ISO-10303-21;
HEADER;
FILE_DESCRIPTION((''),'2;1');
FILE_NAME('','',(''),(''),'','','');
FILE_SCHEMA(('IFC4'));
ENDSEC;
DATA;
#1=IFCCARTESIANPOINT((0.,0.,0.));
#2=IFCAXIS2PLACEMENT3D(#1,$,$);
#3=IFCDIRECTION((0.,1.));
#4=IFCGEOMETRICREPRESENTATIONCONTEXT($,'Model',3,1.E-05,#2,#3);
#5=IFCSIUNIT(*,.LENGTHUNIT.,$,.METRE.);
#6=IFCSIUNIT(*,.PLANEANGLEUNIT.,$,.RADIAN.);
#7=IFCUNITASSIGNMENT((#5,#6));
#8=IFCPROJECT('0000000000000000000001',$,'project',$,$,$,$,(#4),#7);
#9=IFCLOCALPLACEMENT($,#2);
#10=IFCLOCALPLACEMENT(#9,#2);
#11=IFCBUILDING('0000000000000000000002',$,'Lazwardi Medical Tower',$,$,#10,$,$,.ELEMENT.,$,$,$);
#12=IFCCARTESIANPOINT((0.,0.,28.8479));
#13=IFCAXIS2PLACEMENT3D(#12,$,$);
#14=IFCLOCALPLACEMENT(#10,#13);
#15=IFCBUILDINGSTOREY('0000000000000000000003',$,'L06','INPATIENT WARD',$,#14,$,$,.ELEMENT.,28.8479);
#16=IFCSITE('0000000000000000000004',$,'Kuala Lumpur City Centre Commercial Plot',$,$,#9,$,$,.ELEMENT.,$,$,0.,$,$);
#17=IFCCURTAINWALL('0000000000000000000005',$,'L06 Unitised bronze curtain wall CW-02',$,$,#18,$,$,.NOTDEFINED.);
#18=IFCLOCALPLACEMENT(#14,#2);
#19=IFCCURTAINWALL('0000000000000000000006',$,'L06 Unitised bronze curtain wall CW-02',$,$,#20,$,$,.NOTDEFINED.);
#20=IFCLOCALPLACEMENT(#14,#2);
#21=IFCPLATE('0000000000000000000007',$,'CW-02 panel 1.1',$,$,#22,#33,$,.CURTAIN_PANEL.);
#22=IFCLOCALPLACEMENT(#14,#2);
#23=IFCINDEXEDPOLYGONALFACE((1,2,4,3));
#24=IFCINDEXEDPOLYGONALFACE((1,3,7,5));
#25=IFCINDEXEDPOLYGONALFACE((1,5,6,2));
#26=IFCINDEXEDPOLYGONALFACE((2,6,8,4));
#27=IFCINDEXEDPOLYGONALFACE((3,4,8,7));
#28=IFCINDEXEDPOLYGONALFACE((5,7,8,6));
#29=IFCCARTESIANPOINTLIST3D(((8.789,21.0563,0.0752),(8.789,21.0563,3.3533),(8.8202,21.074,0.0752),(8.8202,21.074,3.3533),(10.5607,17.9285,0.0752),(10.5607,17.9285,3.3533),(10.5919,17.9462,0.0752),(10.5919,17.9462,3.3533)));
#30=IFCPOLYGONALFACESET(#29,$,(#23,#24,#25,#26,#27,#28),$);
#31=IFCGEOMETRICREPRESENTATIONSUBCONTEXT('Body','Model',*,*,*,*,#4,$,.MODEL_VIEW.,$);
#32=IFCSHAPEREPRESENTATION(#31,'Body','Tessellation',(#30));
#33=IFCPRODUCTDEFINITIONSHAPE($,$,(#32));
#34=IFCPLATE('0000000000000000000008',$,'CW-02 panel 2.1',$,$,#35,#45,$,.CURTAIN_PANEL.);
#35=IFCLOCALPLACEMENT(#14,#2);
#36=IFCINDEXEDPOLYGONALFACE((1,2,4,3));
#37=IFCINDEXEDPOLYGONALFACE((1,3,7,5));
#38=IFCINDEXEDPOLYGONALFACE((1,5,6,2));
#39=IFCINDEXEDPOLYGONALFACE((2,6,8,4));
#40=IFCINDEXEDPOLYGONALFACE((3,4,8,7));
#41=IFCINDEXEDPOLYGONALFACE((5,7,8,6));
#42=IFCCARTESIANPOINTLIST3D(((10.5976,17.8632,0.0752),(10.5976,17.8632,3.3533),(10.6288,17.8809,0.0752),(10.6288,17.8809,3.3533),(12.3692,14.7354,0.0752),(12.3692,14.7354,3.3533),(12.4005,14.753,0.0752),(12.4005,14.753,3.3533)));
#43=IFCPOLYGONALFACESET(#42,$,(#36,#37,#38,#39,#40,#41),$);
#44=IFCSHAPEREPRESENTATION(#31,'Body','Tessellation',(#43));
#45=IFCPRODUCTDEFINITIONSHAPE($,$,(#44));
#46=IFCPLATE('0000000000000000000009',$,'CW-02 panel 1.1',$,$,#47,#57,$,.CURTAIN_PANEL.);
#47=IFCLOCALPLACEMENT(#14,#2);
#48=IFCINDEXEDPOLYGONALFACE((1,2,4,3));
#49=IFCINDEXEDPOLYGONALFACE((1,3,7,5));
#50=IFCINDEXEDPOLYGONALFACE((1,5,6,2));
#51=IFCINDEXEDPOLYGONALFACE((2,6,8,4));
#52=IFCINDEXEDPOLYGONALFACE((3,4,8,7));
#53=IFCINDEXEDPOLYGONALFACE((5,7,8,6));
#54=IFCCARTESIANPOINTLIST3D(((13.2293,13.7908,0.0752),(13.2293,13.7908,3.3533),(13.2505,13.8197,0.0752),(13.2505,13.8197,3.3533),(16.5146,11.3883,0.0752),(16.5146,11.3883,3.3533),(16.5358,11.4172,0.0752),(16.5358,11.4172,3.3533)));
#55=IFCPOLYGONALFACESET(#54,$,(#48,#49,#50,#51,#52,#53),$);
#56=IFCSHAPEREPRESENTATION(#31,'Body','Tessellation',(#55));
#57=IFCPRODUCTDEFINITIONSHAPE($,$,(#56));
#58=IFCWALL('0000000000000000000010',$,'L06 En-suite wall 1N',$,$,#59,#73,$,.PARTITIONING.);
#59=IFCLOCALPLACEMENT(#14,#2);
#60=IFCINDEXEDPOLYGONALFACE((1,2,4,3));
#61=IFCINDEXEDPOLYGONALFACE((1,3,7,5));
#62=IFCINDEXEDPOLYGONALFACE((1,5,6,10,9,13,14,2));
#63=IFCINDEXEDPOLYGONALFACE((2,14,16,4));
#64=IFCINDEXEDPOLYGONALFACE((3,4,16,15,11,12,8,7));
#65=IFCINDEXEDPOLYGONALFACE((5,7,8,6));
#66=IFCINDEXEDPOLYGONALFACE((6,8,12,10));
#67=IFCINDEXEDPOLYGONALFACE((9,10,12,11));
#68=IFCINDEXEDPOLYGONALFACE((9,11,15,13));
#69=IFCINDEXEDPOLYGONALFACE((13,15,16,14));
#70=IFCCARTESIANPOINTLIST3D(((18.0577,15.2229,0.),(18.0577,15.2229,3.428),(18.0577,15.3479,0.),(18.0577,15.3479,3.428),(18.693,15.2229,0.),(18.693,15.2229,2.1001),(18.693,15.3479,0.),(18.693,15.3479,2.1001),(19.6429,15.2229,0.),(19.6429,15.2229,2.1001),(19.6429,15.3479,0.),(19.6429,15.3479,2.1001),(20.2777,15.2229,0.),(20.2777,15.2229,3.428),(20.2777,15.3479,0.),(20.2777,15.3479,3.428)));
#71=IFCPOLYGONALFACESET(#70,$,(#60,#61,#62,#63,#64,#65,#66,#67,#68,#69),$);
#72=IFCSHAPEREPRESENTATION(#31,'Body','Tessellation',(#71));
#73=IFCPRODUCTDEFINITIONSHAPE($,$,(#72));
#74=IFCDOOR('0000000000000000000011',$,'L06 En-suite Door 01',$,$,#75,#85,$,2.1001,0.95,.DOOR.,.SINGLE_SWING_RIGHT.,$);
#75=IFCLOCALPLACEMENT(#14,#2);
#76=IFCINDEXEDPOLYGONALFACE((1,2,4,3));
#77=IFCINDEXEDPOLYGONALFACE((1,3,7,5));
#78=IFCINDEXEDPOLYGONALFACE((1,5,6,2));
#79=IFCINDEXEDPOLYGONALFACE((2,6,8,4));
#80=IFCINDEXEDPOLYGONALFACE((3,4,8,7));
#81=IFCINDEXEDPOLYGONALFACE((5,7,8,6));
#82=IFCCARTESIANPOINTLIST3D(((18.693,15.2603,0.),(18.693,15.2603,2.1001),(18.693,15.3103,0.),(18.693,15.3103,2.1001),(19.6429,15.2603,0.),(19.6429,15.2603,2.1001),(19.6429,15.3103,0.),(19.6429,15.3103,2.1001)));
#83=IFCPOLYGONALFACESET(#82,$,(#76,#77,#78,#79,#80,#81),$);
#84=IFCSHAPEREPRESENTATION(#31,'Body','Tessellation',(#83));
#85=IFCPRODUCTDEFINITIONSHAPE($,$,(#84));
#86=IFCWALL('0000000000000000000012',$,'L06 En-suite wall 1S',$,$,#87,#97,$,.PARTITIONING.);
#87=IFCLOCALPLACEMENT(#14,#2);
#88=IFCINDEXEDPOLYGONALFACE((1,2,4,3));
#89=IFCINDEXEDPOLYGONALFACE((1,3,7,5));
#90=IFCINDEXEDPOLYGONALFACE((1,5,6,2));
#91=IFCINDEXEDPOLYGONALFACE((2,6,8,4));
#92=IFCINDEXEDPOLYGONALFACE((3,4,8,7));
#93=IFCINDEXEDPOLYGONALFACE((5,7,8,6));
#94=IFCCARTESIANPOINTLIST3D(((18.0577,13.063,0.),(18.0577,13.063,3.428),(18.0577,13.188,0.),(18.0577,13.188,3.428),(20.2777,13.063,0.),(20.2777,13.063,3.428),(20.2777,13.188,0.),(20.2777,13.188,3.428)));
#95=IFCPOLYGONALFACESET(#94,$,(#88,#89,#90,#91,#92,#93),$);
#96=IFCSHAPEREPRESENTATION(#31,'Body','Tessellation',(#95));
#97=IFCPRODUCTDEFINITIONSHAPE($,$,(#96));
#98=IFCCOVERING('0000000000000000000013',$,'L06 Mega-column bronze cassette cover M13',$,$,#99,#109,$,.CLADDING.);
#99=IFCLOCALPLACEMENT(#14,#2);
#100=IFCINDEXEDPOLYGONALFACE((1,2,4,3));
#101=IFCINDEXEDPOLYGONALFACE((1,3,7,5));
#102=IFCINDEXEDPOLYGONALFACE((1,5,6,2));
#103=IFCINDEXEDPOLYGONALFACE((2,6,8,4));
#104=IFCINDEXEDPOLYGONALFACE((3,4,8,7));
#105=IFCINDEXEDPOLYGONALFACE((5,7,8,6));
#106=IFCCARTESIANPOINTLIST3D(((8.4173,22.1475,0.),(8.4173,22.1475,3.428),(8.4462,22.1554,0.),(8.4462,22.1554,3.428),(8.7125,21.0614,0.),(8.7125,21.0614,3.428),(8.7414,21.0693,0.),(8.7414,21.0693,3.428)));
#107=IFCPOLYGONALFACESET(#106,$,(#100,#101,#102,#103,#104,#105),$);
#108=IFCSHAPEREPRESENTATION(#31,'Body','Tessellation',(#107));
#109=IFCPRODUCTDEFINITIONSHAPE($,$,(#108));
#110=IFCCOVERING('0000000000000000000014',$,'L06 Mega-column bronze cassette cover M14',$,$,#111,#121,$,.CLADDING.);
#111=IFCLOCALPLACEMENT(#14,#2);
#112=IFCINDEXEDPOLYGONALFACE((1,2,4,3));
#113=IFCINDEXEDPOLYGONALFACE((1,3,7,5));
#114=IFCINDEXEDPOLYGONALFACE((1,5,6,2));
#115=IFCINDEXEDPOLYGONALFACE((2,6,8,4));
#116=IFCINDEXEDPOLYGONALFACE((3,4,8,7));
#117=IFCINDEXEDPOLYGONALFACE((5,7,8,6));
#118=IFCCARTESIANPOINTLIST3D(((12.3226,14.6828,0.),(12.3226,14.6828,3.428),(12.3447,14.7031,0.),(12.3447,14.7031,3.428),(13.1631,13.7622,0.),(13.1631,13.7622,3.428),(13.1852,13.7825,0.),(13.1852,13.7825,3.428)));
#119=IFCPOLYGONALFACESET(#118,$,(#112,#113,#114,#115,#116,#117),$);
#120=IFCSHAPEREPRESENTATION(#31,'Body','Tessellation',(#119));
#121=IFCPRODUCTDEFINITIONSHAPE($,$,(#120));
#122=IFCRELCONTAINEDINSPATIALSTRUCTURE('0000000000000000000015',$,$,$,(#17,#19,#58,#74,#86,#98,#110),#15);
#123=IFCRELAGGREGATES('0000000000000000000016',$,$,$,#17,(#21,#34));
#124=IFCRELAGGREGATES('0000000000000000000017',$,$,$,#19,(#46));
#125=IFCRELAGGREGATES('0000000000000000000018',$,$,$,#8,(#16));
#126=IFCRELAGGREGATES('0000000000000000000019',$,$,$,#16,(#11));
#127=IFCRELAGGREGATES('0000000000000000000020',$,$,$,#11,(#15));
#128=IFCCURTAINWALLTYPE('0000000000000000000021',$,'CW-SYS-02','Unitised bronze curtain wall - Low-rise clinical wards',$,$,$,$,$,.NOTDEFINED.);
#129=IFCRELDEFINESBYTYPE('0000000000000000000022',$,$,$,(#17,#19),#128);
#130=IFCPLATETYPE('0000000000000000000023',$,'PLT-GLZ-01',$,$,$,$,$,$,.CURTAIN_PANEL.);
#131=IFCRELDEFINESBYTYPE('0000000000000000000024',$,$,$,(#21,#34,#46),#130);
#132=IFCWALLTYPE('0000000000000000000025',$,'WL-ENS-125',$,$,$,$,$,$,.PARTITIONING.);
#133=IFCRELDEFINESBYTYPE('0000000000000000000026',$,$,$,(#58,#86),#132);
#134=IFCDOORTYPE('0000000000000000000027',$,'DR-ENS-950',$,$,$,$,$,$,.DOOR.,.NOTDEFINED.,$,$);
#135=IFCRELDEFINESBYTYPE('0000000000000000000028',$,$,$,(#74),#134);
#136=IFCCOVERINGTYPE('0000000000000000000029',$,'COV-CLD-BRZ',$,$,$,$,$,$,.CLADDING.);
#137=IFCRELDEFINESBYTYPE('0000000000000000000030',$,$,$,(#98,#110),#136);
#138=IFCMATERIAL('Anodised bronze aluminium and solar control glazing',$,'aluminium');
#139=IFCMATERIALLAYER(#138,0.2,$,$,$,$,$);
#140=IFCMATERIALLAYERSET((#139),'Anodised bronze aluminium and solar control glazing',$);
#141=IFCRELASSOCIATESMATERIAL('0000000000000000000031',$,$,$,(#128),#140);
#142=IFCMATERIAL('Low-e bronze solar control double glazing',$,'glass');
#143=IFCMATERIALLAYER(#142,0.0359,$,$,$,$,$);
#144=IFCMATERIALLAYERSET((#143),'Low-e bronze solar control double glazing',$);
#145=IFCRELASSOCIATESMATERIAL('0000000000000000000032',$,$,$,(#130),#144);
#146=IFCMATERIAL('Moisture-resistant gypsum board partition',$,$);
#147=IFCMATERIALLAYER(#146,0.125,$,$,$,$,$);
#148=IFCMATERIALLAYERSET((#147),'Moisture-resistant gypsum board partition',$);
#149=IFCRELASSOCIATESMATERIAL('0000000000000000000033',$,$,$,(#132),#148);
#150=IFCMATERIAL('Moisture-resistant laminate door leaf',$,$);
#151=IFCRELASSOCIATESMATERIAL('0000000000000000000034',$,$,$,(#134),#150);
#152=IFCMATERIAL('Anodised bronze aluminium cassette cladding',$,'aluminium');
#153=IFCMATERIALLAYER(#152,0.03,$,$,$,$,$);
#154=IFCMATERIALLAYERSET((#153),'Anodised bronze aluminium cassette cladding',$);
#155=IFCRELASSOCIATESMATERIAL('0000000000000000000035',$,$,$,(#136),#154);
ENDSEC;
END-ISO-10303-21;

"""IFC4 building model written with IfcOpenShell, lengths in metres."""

from ifc_helpers import new_model, si_unit, direction, frame, frame_2d, origin, origin_2d, place, context, subcontext, project, spatial, rectangle, extrude, material, layer, layer_set, type_object, element, fill, aggregate, save


model = new_model("IFC4")

# Units and contexts
model_context = context("Model", 3, precision=1e-05, world=origin(), true_north=direction((0.0, 1.0)))
body_context = subcontext(model_context, "Body", "Model", "MODEL_VIEW")
ifc_project = project(units=[si_unit("LENGTHUNIT", "METRE"), si_unit("PLANEANGLEUNIT", "RADIAN")], contexts=[model_context])

# Site, building, storey
site_placement = place(None, origin())
site = spatial("IfcSite", under=ifc_project, at=site_placement, Name="Kuala Lumpur City Centre Commercial Plot", CompositionType="ELEMENT", RefElevation=0.0)
building_placement = place(site_placement, origin())
building = spatial("IfcBuilding", under=site, at=building_placement, Name="Lazwardi Medical Tower", CompositionType="ELEMENT")
storey_placement = place(building_placement, frame((0.0, 0.0, 28.8479)))
storey = spatial("IfcBuildingStorey", under=building, at=storey_placement, Name="L06", Description="INPATIENT WARD", CompositionType="ELEMENT", Elevation=28.8479)

# Curtain walls
ifc_material_1 = material(Name="Anodised bronze aluminium and solar control glazing", Category="aluminium")
ifc_layer_1 = layer(ifc_material_1, 0.2)
ifc_layer_set_1 = layer_set([ifc_layer_1], Name="Anodised bronze aluminium and solar control glazing")
curtain_wall_type = type_object("IfcCurtainWallType", Name="CW-SYS-02", Description="Unitised bronze curtain wall - Low-rise clinical wards", PredefinedType="NOTDEFINED", material=ifc_layer_set_1)
curtain_wall_1_placement = place(storey_placement, origin())
curtain_wall_1 = element("IfcCurtainWall", 1, at=curtain_wall_1_placement, inside=storey, type_object=curtain_wall_type, Name="L06 Unitised bronze curtain wall CW-02", PredefinedType="NOTDEFINED")
curtain_wall_2_placement = place(storey_placement, origin())
curtain_wall_2 = element("IfcCurtainWall", 2, at=curtain_wall_2_placement, inside=storey, type_object=curtain_wall_type, Name="L06 Unitised bronze curtain wall CW-02", PredefinedType="NOTDEFINED")

# Plates
ifc_material_2 = material(Name="Low-e bronze solar control double glazing", Category="glass")
ifc_layer_2 = layer(ifc_material_2, 0.0359)
ifc_layer_set_2 = layer_set([ifc_layer_2], Name="Low-e bronze solar control double glazing")
plate_type = type_object("IfcPlateType", Name="PLT-GLZ-01", PredefinedType="CURTAIN_PANEL", material=ifc_layer_set_2)
plate_1_placement = place(storey_placement, frame((9.6904, 19.5012, 0.0752), z_axis=(0.0, 0.0, 1.0), x_axis=(0.492854, -0.870112, 0.0)))
plate_1 = element("IfcPlate", 3, at=plate_1_placement, type_object=plate_type, Name="CW-02 panel 1.1", PredefinedType="CURTAIN_PANEL", context=body_context, shape_type="SweptSolid", body=[
    extrude(rectangle(XDim=3.5947, YDim=0.0359, at=origin_2d()), origin(), (0.0, 0.0, 1.0), 3.2781),
])
plate_2_placement = place(storey_placement, frame((11.499, 16.3081, 0.0752), z_axis=(0.0, 0.0, 1.0), x_axis=(0.492854, -0.870112, 0.0)))
plate_2 = element("IfcPlate", 4, at=plate_2_placement, type_object=plate_type, Name="CW-02 panel 2.1", PredefinedType="CURTAIN_PANEL", context=body_context, shape_type="SweptSolid", body=[
    extrude(rectangle(XDim=3.5947, YDim=0.0359, at=origin_2d()), origin(), (0.0, 0.0, 1.0), 3.2781),
])
aggregate(curtain_wall_1, [plate_1, plate_2])
plate_3_placement = place(storey_placement, frame((14.8826, 12.604, 0.0752), z_axis=(0.0, 0.0, 1.0), x_axis=(0.807192, -0.590289, 0.0)))
plate_3 = element("IfcPlate", 5, at=plate_3_placement, type_object=plate_type, Name="CW-02 panel 1.1", PredefinedType="CURTAIN_PANEL", context=body_context, shape_type="SweptSolid", body=[
    extrude(rectangle(XDim=4.0701, YDim=0.0359, at=origin_2d()), origin(), (0.0, 0.0, 1.0), 3.2781),
])
aggregate(curtain_wall_2, [plate_3])

# Wall, opening, door
ifc_material_3 = material(Name="Moisture-resistant gypsum board partition")
ifc_layer_3 = layer(ifc_material_3, 0.125)
ifc_layer_set_3 = layer_set([ifc_layer_3], Name="Moisture-resistant gypsum board partition")
wall_type = type_object("IfcWallType", Name="WL-ENS-125", PredefinedType="PARTITIONING", material=ifc_layer_set_3)
wall_1_placement = place(storey_placement, frame((18.0579, 15.2854, 0.0), z_axis=(0.0, 0.0, 1.0), x_axis=(1.0, 0.0, 0.0)))
wall_1 = element("IfcWall", 6, at=wall_1_placement, inside=storey, type_object=wall_type, Name="L06 En-suite wall 1N", PredefinedType="PARTITIONING", context=body_context, shape_type="SweptSolid", body=[
    extrude(rectangle(XDim=2.22, YDim=0.125, at=frame_2d((1.1099, 0.0))), origin(), (0.0, 0.0, 1.0), 3.428),
])
opening_placement = place(wall_1_placement, frame((0.635, 0.0, 0.0)))
opening = element("IfcOpeningElement", 7, at=opening_placement, cuts=wall_1, PredefinedType="OPENING", context=body_context, shape_type="SweptSolid", body=[
    extrude(rectangle(XDim=0.95, YDim=2.1001, at=frame_2d((0.4751, 1.05))), frame((0.0, 0.0725, 0.0), z_axis=(0.0, -1.0, 0.0), x_axis=(1.0, 0.0, 0.0)), (0.0, 0.0, 1.0), 0.145),
])
ifc_material_4 = material(Name="Moisture-resistant laminate door leaf")
door_type = type_object("IfcDoorType", Name="DR-ENS-950", OperationType="NOTDEFINED", PredefinedType="DOOR", material=ifc_material_4)
door_placement = place(opening_placement, origin())
door = element("IfcDoor", 8, at=door_placement, inside=storey, type_object=door_type, Name="L06 En-suite Door 01", OperationType="SINGLE_SWING_RIGHT", OverallHeight=2.1001, OverallWidth=0.95, PredefinedType="DOOR", context=body_context, shape_type="SweptSolid", body=[
    extrude(rectangle(XDim=0.95, YDim=2.1001, at=frame_2d((0.4751, 1.05))), frame((0.0, 0.0249, 0.0), z_axis=(0.0, -1.0, 0.0), x_axis=(1.0, 0.0, 0.0)), (0.0, 0.0, 1.0), 0.05),
])
fill(opening, door)

# Wall
wall_2_placement = place(storey_placement, frame((18.0579, 13.1255, 0.0), z_axis=(0.0, 0.0, 1.0), x_axis=(1.0, 0.0, 0.0)))
element("IfcWall", 9, at=wall_2_placement, inside=storey, type_object=wall_type, Name="L06 En-suite wall 1S", PredefinedType="PARTITIONING", context=body_context, shape_type="SweptSolid", body=[
    extrude(rectangle(XDim=2.22, YDim=0.125, at=frame_2d((1.1099, 0.0))), origin(), (0.0, 0.0, 1.0), 3.428),
])

# Coverings
ifc_material_5 = material(Name="Anodised bronze aluminium cassette cladding", Category="aluminium")
ifc_layer_4 = layer(ifc_material_5, 0.03)
ifc_layer_set_4 = layer_set([ifc_layer_4], Name="Anodised bronze aluminium cassette cladding")
covering_type = type_object("IfcCoveringType", Name="COV-CLD-BRZ", PredefinedType="CLADDING", material=ifc_layer_set_4)
covering_1_placement = place(storey_placement, frame((8.5793, 21.6084, 0.0), z_axis=(0.0, 0.0, 1.0), x_axis=(0.262283, -0.964991, 0.0)))
element("IfcCovering", 10, at=covering_1_placement, inside=storey, type_object=covering_type, Name="L06 Mega-column bronze cassette cover M13", PredefinedType="CLADDING", context=body_context, shape_type="SweptSolid", body=[
    extrude(rectangle(XDim=1.1255, YDim=0.03, at=origin_2d()), origin(), (0.0, 0.0, 1.0), 3.428),
])
covering_2_placement = place(storey_placement, frame((12.7539, 14.2327, 0.0), z_axis=(0.0, 0.0, 1.0), x_axis=(0.674252, -0.738501, 0.0)))
element("IfcCovering", 11, at=covering_2_placement, inside=storey, type_object=covering_type, Name="L06 Mega-column bronze cassette cover M14", PredefinedType="CLADDING", context=body_context, shape_type="SweptSolid", body=[
    extrude(rectangle(XDim=1.2466, YDim=0.03, at=origin_2d()), origin(), (0.0, 0.0, 1.0), 3.428),
])

save(model, "model.ifc")
